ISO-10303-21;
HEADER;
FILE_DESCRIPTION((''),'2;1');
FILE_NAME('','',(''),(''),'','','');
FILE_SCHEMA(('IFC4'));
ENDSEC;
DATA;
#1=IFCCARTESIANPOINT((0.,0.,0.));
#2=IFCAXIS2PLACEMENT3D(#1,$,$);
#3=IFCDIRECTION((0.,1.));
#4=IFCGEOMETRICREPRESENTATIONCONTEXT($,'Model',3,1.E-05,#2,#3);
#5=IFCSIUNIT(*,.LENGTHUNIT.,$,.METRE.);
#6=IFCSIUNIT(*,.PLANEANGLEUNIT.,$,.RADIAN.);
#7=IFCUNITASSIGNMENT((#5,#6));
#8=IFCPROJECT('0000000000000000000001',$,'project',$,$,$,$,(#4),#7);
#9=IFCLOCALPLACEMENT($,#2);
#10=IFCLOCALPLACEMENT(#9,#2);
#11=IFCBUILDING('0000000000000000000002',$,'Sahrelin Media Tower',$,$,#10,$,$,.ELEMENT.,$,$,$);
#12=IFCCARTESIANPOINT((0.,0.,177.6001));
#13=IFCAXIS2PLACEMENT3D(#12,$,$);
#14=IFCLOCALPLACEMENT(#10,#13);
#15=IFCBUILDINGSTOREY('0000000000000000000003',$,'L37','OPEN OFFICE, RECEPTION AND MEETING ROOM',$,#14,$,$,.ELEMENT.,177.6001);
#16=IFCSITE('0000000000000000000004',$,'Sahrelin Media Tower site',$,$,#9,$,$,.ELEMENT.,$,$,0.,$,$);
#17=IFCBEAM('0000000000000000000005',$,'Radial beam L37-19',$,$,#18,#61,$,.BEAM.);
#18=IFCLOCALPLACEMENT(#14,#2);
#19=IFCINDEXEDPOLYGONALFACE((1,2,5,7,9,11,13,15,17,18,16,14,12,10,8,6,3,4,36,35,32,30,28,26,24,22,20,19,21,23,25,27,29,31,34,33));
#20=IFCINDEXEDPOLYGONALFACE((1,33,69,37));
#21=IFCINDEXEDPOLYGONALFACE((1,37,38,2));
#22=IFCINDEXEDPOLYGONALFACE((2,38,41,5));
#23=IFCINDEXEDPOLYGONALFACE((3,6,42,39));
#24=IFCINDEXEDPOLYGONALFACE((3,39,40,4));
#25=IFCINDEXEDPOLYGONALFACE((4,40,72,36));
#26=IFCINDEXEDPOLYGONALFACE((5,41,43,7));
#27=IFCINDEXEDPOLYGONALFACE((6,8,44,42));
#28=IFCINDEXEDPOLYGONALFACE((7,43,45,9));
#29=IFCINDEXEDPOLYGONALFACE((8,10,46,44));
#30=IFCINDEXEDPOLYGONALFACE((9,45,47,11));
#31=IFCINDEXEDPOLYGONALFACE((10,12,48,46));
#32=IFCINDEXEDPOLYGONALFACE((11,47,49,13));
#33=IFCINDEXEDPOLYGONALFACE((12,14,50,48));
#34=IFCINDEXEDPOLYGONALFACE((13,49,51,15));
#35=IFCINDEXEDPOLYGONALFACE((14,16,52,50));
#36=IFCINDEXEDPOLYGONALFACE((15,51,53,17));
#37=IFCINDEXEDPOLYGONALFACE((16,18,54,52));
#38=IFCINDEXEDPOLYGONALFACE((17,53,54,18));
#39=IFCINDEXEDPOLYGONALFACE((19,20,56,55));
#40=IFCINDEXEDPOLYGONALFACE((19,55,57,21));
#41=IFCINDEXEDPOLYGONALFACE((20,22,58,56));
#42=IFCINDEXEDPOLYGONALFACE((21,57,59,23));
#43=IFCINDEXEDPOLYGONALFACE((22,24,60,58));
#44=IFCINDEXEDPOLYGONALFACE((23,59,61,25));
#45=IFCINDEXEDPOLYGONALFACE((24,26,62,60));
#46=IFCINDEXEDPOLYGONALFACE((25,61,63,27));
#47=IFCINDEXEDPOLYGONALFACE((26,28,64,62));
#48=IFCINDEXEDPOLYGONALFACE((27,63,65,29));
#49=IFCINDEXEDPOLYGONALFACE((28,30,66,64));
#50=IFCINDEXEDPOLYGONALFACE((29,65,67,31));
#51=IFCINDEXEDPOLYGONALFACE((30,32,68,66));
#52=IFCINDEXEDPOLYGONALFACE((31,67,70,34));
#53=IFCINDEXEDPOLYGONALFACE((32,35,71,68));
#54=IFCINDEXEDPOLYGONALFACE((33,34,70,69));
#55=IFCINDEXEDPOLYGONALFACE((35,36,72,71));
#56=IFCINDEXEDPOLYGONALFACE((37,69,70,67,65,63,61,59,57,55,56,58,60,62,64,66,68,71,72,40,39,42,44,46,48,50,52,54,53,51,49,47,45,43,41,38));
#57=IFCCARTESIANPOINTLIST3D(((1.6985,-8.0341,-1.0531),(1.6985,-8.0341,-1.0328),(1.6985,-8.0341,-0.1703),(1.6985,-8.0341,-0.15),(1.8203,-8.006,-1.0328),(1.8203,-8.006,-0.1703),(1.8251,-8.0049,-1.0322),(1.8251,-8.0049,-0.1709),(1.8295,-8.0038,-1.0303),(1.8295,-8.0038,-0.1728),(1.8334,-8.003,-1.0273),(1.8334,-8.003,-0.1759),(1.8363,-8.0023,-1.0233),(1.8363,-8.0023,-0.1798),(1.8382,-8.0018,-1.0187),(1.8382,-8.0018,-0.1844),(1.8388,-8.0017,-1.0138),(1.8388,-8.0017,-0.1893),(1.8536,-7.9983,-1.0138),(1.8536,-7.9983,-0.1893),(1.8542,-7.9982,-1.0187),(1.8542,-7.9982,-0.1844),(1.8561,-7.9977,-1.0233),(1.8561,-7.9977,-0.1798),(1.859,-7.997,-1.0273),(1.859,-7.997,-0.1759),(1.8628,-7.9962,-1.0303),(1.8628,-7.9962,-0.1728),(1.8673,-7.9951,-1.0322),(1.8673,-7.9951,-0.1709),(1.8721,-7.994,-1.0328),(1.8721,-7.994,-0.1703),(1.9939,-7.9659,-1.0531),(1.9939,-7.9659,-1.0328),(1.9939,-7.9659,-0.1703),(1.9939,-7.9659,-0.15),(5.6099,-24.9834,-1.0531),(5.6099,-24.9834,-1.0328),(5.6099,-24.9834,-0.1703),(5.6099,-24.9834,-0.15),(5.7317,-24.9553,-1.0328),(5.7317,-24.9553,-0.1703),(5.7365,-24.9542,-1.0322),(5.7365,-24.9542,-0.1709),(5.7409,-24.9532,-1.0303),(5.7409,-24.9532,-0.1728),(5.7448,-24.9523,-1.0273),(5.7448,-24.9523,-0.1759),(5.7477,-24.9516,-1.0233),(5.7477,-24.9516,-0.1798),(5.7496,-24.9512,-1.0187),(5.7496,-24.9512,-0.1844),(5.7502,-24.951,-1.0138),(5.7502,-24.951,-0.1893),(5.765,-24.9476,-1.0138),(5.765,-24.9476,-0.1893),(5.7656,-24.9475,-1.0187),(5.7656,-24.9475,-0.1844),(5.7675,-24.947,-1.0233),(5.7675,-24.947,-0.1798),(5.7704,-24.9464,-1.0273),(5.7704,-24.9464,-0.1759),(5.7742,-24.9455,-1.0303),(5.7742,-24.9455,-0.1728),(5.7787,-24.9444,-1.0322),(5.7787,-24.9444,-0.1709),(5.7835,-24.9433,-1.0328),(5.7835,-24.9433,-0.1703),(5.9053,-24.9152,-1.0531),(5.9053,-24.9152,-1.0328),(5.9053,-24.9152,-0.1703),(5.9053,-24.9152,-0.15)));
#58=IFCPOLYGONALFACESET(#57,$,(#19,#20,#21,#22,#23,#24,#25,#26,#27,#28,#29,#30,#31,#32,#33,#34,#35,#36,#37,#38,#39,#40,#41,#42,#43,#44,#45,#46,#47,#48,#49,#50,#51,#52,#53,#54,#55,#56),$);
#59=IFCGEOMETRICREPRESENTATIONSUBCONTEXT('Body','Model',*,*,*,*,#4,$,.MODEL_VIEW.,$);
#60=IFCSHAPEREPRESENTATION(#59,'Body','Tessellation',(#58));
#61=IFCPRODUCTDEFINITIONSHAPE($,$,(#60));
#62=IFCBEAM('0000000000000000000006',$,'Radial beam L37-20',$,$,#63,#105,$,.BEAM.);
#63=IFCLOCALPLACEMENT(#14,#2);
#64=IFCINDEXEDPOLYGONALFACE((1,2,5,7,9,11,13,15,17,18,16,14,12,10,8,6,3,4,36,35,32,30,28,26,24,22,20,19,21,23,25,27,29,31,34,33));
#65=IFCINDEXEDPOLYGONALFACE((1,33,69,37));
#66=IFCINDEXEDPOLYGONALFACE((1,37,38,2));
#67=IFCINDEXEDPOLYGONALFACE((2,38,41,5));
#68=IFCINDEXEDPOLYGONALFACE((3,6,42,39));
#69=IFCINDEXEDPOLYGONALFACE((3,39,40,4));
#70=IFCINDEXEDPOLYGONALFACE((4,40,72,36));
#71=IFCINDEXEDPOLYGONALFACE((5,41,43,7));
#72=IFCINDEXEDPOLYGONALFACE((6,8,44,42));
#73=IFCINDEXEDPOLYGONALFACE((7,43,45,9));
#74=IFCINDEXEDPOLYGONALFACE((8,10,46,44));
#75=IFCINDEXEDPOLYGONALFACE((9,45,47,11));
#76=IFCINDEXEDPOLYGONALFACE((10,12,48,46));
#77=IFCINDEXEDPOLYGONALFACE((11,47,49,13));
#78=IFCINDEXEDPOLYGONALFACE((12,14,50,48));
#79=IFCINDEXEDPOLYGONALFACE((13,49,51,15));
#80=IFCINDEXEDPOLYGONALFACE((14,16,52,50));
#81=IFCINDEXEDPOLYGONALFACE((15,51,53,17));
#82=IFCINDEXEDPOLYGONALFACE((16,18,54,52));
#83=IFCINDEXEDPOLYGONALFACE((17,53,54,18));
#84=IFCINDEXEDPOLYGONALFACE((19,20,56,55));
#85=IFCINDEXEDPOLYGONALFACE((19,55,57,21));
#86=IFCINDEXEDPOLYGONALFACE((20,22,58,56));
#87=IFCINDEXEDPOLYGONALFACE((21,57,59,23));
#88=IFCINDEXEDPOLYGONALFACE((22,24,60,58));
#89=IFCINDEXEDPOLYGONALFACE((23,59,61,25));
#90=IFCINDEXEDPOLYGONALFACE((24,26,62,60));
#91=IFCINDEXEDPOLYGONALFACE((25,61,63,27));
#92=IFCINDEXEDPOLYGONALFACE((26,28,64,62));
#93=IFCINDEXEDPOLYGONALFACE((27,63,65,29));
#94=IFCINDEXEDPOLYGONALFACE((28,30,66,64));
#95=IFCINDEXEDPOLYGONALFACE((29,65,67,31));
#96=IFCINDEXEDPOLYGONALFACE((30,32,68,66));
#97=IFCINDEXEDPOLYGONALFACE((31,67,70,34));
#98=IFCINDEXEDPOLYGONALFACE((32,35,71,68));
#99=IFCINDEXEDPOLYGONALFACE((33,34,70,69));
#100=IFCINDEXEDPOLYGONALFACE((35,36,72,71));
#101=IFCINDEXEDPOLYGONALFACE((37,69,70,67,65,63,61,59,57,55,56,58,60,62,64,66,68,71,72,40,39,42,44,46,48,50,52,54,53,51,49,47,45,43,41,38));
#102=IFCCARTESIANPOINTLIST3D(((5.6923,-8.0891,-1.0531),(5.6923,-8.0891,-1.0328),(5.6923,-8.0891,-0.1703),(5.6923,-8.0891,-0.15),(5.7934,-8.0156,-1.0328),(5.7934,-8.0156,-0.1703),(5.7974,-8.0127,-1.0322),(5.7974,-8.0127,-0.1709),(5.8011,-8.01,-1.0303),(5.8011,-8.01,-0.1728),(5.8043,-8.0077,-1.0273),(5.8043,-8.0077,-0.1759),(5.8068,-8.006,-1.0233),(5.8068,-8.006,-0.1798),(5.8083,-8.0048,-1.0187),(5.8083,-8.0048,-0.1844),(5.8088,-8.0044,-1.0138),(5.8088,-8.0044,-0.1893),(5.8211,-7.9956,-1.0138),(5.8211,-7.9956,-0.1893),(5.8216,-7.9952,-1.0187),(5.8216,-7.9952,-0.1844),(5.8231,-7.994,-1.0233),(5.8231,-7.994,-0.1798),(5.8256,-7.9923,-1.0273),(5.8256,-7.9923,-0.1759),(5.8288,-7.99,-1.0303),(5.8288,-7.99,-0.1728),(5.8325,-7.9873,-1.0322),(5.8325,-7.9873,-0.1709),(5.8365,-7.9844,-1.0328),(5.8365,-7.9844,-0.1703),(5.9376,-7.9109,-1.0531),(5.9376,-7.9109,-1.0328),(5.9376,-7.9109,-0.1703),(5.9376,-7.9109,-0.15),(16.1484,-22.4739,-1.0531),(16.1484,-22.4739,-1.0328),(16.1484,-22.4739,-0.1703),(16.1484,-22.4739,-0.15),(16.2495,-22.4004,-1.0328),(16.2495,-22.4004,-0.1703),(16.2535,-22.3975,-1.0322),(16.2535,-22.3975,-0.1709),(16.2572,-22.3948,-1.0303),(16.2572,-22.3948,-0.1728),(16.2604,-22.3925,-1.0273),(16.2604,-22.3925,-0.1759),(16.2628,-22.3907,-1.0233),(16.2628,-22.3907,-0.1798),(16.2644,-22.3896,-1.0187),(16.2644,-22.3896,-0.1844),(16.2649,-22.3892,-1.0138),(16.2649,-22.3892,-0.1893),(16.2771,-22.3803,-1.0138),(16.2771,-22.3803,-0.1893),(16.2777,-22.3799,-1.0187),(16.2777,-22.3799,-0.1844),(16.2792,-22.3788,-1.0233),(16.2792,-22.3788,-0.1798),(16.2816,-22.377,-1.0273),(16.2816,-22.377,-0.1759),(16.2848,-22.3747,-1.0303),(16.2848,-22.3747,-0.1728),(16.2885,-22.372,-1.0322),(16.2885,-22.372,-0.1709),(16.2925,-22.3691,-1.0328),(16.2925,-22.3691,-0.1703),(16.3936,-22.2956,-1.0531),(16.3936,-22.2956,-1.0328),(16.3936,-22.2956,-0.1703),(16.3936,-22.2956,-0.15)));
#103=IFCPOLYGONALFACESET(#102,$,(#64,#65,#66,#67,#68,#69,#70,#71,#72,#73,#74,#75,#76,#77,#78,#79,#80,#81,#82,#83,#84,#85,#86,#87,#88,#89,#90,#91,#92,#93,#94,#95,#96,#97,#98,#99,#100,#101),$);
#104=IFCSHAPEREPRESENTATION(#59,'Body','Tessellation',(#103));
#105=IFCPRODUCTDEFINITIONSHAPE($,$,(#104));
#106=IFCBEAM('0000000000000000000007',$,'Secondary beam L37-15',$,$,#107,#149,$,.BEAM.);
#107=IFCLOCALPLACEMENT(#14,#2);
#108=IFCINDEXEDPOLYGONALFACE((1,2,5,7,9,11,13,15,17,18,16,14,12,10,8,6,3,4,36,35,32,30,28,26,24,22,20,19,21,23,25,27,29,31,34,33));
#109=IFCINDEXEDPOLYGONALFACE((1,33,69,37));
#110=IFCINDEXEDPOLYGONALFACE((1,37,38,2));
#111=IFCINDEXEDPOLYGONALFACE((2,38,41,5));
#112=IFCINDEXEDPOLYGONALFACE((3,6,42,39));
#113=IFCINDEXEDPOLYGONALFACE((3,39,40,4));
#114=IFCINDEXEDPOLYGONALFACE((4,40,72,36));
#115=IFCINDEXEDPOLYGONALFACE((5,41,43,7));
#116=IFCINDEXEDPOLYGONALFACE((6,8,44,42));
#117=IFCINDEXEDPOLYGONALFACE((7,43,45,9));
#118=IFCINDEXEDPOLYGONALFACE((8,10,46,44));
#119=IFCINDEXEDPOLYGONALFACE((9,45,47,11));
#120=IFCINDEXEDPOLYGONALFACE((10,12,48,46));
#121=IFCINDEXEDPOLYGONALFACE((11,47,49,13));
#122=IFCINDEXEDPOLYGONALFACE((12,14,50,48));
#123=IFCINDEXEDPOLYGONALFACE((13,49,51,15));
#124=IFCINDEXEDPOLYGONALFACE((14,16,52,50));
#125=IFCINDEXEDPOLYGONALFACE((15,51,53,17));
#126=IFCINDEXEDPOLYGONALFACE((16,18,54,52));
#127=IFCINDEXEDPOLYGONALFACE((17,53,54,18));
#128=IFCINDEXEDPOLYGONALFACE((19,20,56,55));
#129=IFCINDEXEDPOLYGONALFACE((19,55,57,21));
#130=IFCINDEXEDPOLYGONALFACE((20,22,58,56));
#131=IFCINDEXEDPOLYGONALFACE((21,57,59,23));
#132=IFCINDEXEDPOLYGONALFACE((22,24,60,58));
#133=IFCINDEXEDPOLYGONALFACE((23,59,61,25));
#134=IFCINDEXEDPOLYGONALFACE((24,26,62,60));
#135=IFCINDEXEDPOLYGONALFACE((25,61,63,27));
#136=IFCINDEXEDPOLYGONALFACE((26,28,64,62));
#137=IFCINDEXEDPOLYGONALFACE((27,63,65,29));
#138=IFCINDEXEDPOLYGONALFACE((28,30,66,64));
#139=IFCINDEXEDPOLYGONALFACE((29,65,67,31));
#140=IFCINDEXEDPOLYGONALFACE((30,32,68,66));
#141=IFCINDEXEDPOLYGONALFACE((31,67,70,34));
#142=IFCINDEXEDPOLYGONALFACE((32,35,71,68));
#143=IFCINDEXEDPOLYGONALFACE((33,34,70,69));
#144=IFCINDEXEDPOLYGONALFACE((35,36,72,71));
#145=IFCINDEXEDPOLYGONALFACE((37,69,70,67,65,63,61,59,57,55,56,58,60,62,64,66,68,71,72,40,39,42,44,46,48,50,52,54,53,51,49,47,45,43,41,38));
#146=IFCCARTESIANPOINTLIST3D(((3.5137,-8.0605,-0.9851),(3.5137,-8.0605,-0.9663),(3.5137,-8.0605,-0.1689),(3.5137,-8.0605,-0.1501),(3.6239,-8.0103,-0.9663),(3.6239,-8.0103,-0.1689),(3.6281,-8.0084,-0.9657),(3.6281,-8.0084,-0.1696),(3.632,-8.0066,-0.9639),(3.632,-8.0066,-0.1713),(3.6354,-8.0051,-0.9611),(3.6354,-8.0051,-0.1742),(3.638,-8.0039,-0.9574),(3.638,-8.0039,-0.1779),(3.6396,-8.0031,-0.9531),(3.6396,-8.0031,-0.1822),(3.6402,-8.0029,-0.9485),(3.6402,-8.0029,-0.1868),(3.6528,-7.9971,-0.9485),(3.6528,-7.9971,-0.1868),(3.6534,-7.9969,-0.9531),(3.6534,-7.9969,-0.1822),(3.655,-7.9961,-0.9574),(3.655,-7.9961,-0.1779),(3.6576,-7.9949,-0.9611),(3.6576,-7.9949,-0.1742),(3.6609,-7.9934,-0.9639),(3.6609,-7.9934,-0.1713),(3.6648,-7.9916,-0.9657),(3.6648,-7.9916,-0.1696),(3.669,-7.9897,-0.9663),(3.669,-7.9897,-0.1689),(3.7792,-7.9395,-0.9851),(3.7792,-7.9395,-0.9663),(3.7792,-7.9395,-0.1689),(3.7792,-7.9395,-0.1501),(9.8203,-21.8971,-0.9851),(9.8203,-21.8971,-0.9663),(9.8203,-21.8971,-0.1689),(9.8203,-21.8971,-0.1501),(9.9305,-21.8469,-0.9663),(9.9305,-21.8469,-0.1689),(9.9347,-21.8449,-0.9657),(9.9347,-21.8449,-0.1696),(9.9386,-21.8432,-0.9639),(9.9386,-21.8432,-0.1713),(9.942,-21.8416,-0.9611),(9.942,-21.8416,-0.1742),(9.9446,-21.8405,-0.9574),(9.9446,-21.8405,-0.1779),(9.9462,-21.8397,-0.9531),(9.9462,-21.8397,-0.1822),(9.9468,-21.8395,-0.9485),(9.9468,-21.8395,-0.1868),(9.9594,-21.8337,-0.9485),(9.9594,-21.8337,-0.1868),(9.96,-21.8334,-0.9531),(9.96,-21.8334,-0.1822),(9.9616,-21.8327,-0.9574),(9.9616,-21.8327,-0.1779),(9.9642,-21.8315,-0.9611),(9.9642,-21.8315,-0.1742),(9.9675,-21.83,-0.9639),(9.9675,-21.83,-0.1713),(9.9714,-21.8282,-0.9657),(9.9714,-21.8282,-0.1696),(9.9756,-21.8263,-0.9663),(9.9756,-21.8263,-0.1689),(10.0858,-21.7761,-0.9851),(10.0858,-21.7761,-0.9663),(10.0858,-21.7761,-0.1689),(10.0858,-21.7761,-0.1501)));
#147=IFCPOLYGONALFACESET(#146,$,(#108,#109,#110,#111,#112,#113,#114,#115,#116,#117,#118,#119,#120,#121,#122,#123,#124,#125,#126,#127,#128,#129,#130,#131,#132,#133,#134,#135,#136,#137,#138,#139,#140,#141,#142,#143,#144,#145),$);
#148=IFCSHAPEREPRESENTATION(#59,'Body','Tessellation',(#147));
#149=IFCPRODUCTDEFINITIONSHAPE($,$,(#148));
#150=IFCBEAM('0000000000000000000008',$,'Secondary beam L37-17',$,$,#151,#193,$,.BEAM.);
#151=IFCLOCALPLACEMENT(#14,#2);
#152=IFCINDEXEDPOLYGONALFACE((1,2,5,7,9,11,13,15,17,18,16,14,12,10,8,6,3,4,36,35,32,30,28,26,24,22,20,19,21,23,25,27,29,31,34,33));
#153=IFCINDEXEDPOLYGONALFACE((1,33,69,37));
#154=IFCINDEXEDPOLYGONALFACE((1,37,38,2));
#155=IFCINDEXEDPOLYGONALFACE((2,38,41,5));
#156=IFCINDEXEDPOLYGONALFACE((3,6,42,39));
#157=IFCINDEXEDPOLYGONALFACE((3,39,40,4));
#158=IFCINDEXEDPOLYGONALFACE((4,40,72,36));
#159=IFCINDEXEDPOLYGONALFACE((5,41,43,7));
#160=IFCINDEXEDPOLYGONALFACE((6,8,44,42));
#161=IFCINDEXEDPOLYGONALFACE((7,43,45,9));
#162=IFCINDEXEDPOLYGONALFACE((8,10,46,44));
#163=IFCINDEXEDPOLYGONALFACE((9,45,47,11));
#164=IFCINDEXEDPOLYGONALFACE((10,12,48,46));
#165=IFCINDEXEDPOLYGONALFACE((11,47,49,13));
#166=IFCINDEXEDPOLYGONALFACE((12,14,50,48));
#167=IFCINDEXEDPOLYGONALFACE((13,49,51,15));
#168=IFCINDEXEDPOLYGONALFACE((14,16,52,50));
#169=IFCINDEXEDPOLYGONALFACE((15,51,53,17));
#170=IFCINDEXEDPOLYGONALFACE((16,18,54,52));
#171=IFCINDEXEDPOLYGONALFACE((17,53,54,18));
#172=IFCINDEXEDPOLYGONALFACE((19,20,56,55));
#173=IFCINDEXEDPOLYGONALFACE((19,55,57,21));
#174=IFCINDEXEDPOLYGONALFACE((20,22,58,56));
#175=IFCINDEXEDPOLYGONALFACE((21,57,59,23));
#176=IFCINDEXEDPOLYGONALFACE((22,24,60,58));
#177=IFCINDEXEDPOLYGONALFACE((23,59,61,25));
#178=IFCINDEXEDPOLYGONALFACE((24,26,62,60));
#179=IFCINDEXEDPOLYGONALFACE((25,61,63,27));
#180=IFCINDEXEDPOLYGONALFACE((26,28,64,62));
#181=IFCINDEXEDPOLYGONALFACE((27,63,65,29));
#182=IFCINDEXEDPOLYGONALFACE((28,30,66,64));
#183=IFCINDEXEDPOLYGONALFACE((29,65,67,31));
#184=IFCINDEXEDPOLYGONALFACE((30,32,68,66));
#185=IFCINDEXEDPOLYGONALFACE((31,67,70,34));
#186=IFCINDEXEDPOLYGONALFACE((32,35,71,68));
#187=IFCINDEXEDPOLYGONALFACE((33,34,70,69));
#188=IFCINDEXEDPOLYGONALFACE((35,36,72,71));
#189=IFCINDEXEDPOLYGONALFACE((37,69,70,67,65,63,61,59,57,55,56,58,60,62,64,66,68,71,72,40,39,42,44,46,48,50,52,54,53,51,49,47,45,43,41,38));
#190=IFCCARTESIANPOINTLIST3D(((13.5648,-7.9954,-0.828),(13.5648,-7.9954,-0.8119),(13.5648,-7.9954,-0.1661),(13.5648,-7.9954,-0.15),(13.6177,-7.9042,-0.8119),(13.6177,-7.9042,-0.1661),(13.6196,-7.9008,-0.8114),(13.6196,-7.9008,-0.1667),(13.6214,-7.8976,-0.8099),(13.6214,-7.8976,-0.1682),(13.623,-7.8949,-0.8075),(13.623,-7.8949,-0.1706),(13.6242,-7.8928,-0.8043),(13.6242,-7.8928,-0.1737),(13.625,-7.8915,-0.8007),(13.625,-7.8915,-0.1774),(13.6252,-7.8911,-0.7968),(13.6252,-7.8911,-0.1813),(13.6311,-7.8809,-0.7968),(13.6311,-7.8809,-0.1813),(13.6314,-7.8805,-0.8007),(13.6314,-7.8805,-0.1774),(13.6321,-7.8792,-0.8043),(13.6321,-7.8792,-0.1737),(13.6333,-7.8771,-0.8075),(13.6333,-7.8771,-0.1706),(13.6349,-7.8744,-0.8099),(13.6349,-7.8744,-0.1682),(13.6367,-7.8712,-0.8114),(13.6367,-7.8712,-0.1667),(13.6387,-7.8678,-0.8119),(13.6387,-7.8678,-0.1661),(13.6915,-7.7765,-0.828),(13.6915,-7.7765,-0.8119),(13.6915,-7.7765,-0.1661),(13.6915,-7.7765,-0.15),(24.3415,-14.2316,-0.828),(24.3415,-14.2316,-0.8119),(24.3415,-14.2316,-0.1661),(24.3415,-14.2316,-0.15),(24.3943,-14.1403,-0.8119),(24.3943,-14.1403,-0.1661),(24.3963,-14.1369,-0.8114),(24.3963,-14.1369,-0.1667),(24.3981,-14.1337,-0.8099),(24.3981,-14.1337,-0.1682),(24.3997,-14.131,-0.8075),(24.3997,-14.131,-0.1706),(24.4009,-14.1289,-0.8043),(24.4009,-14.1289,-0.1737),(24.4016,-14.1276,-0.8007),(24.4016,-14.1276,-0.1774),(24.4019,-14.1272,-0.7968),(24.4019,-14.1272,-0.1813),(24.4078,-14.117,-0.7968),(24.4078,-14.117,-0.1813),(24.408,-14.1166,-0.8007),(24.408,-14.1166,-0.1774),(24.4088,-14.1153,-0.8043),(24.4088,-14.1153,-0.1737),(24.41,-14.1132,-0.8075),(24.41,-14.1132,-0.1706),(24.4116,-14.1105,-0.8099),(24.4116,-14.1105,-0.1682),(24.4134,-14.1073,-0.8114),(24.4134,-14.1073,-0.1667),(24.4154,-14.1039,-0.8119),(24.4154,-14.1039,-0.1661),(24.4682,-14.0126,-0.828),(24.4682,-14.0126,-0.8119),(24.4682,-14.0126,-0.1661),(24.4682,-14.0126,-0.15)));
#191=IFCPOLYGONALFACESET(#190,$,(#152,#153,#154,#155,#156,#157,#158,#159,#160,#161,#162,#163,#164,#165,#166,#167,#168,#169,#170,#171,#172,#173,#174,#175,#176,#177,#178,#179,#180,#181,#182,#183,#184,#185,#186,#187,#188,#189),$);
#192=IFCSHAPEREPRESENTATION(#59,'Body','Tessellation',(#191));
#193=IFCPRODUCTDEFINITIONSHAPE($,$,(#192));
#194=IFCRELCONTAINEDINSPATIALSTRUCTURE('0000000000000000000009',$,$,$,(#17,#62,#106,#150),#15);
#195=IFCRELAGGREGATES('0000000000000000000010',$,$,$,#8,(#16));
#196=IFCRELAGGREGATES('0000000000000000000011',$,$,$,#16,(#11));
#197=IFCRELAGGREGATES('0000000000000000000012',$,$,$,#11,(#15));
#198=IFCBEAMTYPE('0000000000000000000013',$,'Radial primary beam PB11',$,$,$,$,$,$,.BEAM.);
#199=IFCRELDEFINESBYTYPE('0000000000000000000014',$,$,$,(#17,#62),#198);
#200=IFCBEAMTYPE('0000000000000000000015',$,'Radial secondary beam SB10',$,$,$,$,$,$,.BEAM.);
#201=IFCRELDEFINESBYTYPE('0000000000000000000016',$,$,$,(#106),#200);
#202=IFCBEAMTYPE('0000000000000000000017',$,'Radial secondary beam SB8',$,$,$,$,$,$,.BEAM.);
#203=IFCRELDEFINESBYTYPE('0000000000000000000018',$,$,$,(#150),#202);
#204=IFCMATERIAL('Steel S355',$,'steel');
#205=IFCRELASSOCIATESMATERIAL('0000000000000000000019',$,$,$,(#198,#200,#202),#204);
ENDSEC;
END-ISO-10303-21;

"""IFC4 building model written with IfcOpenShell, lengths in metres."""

from ifc_helpers import new_model, si_unit, direction, frame, origin, origin_2d, place, context, subcontext, project, spatial, i_section, extrude, material, material_profile, profile_set, type_object, element, save


model = new_model("IFC4")

# Units and contexts
model_context = context("Model", 3, precision=1e-05, world=origin(), true_north=direction((0.0, 1.0)))
body_context = subcontext(model_context, "Body", "Model", "MODEL_VIEW")
ifc_project = project(units=[si_unit("LENGTHUNIT", "METRE"), si_unit("PLANEANGLEUNIT", "RADIAN")], contexts=[model_context])

# Site, building, storey
site_placement = place(None, origin())
site = spatial("IfcSite", under=ifc_project, at=site_placement, Name="Sahrelin Media Tower site", CompositionType="ELEMENT", RefElevation=0.0)
building_placement = place(site_placement, origin())
building = spatial("IfcBuilding", under=site, at=building_placement, Name="Sahrelin Media Tower", CompositionType="ELEMENT")
storey_placement = place(building_placement, frame((0.0, 0.0, 177.6001)))
storey = spatial("IfcBuildingStorey", under=building, at=storey_placement, Name="L37", Description="OPEN OFFICE, RECEPTION AND MEETING ROOM", CompositionType="ELEMENT", Elevation=177.6001)

# Shared definitions
ifc_material_1 = material(Name="Steel S355", Category="steel")

# Beams
ifc_material_profile_1 = material_profile(ifc_material_1, i_section(OverallWidth=0.3032, OverallDepth=0.9031, WebThickness=0.0151, FlangeThickness=0.0203, FilletRadius=0.019, at=origin_2d()), Name="UB 914x305x201")
ifc_profile_set_1 = profile_set([ifc_material_profile_1], Name="Steel S355")
beam_type_1 = type_object("IfcBeamType", Name="Radial primary beam PB11", PredefinedType="BEAM", material=ifc_profile_set_1)
beam_1_placement = place(storey_placement, frame((1.8462, -8.0, -0.6016), z_axis=(0.224861, -0.974391, 0.0), x_axis=(0.974391, 0.224861, 0.0)))
element("IfcBeam", 1, at=beam_1_placement, inside=storey, type_object=beam_type_1, Name="Radial beam L37-19", PredefinedType="BEAM", context=body_context, shape_type="SweptSolid", body=[
    extrude(i_section(OverallWidth=0.3032, OverallDepth=0.9031, WebThickness=0.0151, FlangeThickness=0.0203, FilletRadius=0.019, at=origin_2d()), origin(), (0.0, 0.0, 1.0), 17.3948),
])
beam_2_placement = place(storey_placement, frame((5.8149, -8.0, -0.6016), z_axis=(0.587966, -0.808886, 0.0), x_axis=(0.808886, 0.587966, 0.0)))
element("IfcBeam", 2, at=beam_2_placement, inside=storey, type_object=beam_type_1, Name="Radial beam L37-20", PredefinedType="BEAM", context=body_context, shape_type="SweptSolid", body=[
    extrude(i_section(OverallWidth=0.3032, OverallDepth=0.9031, WebThickness=0.0151, FlangeThickness=0.0203, FilletRadius=0.019, at=origin_2d()), origin(), (0.0, 0.0, 1.0), 17.7834),
])
ifc_material_profile_2 = material_profile(ifc_material_1, i_section(OverallWidth=0.2917, OverallDepth=0.835, WebThickness=0.0139, FlangeThickness=0.0188, FilletRadius=0.0178, at=origin_2d()), Name="UB 838x292x176")
ifc_profile_set_2 = profile_set([ifc_material_profile_2], Name="Steel S355")
beam_type_2 = type_object("IfcBeamType", Name="Radial secondary beam SB10", PredefinedType="BEAM", material=ifc_profile_set_2)
beam_3_placement = place(storey_placement, frame((3.6465, -8.0, -0.5676), z_axis=(0.414743, -0.909939, 0.0), x_axis=(0.909939, 0.414743, 0.0)))
element("IfcBeam", 3, at=beam_3_placement, inside=storey, type_object=beam_type_2, Name="Secondary beam L37-15", PredefinedType="BEAM", context=body_context, shape_type="SweptSolid", body=[
    extrude(i_section(OverallWidth=0.2917, OverallDepth=0.835, WebThickness=0.0139, FlangeThickness=0.0188, FilletRadius=0.0178, at=origin_2d()), origin(), (0.0, 0.0, 1.0), 15.2061),
])
ifc_material_profile_3 = material_profile(ifc_material_1, i_section(OverallWidth=0.2529, OverallDepth=0.678, WebThickness=0.0117, FlangeThickness=0.0161, FilletRadius=0.0151, at=origin_2d()), Name="UB 686x254x125")
ifc_profile_set_3 = profile_set([ifc_material_profile_3], Name="Steel S355")
beam_type_3 = type_object("IfcBeamType", Name="Radial secondary beam SB8", PredefinedType="BEAM", material=ifc_profile_set_3)
beam_4_placement = place(storey_placement, frame((13.6282, -7.886, -0.489), z_axis=(0.865531, -0.500855, 0.0), x_axis=(0.500855, 0.865531, 0.0)))
element("IfcBeam", 4, at=beam_4_placement, inside=storey, type_object=beam_type_3, Name="Secondary beam L37-17", PredefinedType="BEAM", context=body_context, shape_type="SweptSolid", body=[
    extrude(i_section(OverallWidth=0.2529, OverallDepth=0.678, WebThickness=0.0117, FlangeThickness=0.0161, FilletRadius=0.0151, at=origin_2d()), origin(), (0.0, 0.0, 1.0), 12.4509),
])

save(model, "model.ifc")
